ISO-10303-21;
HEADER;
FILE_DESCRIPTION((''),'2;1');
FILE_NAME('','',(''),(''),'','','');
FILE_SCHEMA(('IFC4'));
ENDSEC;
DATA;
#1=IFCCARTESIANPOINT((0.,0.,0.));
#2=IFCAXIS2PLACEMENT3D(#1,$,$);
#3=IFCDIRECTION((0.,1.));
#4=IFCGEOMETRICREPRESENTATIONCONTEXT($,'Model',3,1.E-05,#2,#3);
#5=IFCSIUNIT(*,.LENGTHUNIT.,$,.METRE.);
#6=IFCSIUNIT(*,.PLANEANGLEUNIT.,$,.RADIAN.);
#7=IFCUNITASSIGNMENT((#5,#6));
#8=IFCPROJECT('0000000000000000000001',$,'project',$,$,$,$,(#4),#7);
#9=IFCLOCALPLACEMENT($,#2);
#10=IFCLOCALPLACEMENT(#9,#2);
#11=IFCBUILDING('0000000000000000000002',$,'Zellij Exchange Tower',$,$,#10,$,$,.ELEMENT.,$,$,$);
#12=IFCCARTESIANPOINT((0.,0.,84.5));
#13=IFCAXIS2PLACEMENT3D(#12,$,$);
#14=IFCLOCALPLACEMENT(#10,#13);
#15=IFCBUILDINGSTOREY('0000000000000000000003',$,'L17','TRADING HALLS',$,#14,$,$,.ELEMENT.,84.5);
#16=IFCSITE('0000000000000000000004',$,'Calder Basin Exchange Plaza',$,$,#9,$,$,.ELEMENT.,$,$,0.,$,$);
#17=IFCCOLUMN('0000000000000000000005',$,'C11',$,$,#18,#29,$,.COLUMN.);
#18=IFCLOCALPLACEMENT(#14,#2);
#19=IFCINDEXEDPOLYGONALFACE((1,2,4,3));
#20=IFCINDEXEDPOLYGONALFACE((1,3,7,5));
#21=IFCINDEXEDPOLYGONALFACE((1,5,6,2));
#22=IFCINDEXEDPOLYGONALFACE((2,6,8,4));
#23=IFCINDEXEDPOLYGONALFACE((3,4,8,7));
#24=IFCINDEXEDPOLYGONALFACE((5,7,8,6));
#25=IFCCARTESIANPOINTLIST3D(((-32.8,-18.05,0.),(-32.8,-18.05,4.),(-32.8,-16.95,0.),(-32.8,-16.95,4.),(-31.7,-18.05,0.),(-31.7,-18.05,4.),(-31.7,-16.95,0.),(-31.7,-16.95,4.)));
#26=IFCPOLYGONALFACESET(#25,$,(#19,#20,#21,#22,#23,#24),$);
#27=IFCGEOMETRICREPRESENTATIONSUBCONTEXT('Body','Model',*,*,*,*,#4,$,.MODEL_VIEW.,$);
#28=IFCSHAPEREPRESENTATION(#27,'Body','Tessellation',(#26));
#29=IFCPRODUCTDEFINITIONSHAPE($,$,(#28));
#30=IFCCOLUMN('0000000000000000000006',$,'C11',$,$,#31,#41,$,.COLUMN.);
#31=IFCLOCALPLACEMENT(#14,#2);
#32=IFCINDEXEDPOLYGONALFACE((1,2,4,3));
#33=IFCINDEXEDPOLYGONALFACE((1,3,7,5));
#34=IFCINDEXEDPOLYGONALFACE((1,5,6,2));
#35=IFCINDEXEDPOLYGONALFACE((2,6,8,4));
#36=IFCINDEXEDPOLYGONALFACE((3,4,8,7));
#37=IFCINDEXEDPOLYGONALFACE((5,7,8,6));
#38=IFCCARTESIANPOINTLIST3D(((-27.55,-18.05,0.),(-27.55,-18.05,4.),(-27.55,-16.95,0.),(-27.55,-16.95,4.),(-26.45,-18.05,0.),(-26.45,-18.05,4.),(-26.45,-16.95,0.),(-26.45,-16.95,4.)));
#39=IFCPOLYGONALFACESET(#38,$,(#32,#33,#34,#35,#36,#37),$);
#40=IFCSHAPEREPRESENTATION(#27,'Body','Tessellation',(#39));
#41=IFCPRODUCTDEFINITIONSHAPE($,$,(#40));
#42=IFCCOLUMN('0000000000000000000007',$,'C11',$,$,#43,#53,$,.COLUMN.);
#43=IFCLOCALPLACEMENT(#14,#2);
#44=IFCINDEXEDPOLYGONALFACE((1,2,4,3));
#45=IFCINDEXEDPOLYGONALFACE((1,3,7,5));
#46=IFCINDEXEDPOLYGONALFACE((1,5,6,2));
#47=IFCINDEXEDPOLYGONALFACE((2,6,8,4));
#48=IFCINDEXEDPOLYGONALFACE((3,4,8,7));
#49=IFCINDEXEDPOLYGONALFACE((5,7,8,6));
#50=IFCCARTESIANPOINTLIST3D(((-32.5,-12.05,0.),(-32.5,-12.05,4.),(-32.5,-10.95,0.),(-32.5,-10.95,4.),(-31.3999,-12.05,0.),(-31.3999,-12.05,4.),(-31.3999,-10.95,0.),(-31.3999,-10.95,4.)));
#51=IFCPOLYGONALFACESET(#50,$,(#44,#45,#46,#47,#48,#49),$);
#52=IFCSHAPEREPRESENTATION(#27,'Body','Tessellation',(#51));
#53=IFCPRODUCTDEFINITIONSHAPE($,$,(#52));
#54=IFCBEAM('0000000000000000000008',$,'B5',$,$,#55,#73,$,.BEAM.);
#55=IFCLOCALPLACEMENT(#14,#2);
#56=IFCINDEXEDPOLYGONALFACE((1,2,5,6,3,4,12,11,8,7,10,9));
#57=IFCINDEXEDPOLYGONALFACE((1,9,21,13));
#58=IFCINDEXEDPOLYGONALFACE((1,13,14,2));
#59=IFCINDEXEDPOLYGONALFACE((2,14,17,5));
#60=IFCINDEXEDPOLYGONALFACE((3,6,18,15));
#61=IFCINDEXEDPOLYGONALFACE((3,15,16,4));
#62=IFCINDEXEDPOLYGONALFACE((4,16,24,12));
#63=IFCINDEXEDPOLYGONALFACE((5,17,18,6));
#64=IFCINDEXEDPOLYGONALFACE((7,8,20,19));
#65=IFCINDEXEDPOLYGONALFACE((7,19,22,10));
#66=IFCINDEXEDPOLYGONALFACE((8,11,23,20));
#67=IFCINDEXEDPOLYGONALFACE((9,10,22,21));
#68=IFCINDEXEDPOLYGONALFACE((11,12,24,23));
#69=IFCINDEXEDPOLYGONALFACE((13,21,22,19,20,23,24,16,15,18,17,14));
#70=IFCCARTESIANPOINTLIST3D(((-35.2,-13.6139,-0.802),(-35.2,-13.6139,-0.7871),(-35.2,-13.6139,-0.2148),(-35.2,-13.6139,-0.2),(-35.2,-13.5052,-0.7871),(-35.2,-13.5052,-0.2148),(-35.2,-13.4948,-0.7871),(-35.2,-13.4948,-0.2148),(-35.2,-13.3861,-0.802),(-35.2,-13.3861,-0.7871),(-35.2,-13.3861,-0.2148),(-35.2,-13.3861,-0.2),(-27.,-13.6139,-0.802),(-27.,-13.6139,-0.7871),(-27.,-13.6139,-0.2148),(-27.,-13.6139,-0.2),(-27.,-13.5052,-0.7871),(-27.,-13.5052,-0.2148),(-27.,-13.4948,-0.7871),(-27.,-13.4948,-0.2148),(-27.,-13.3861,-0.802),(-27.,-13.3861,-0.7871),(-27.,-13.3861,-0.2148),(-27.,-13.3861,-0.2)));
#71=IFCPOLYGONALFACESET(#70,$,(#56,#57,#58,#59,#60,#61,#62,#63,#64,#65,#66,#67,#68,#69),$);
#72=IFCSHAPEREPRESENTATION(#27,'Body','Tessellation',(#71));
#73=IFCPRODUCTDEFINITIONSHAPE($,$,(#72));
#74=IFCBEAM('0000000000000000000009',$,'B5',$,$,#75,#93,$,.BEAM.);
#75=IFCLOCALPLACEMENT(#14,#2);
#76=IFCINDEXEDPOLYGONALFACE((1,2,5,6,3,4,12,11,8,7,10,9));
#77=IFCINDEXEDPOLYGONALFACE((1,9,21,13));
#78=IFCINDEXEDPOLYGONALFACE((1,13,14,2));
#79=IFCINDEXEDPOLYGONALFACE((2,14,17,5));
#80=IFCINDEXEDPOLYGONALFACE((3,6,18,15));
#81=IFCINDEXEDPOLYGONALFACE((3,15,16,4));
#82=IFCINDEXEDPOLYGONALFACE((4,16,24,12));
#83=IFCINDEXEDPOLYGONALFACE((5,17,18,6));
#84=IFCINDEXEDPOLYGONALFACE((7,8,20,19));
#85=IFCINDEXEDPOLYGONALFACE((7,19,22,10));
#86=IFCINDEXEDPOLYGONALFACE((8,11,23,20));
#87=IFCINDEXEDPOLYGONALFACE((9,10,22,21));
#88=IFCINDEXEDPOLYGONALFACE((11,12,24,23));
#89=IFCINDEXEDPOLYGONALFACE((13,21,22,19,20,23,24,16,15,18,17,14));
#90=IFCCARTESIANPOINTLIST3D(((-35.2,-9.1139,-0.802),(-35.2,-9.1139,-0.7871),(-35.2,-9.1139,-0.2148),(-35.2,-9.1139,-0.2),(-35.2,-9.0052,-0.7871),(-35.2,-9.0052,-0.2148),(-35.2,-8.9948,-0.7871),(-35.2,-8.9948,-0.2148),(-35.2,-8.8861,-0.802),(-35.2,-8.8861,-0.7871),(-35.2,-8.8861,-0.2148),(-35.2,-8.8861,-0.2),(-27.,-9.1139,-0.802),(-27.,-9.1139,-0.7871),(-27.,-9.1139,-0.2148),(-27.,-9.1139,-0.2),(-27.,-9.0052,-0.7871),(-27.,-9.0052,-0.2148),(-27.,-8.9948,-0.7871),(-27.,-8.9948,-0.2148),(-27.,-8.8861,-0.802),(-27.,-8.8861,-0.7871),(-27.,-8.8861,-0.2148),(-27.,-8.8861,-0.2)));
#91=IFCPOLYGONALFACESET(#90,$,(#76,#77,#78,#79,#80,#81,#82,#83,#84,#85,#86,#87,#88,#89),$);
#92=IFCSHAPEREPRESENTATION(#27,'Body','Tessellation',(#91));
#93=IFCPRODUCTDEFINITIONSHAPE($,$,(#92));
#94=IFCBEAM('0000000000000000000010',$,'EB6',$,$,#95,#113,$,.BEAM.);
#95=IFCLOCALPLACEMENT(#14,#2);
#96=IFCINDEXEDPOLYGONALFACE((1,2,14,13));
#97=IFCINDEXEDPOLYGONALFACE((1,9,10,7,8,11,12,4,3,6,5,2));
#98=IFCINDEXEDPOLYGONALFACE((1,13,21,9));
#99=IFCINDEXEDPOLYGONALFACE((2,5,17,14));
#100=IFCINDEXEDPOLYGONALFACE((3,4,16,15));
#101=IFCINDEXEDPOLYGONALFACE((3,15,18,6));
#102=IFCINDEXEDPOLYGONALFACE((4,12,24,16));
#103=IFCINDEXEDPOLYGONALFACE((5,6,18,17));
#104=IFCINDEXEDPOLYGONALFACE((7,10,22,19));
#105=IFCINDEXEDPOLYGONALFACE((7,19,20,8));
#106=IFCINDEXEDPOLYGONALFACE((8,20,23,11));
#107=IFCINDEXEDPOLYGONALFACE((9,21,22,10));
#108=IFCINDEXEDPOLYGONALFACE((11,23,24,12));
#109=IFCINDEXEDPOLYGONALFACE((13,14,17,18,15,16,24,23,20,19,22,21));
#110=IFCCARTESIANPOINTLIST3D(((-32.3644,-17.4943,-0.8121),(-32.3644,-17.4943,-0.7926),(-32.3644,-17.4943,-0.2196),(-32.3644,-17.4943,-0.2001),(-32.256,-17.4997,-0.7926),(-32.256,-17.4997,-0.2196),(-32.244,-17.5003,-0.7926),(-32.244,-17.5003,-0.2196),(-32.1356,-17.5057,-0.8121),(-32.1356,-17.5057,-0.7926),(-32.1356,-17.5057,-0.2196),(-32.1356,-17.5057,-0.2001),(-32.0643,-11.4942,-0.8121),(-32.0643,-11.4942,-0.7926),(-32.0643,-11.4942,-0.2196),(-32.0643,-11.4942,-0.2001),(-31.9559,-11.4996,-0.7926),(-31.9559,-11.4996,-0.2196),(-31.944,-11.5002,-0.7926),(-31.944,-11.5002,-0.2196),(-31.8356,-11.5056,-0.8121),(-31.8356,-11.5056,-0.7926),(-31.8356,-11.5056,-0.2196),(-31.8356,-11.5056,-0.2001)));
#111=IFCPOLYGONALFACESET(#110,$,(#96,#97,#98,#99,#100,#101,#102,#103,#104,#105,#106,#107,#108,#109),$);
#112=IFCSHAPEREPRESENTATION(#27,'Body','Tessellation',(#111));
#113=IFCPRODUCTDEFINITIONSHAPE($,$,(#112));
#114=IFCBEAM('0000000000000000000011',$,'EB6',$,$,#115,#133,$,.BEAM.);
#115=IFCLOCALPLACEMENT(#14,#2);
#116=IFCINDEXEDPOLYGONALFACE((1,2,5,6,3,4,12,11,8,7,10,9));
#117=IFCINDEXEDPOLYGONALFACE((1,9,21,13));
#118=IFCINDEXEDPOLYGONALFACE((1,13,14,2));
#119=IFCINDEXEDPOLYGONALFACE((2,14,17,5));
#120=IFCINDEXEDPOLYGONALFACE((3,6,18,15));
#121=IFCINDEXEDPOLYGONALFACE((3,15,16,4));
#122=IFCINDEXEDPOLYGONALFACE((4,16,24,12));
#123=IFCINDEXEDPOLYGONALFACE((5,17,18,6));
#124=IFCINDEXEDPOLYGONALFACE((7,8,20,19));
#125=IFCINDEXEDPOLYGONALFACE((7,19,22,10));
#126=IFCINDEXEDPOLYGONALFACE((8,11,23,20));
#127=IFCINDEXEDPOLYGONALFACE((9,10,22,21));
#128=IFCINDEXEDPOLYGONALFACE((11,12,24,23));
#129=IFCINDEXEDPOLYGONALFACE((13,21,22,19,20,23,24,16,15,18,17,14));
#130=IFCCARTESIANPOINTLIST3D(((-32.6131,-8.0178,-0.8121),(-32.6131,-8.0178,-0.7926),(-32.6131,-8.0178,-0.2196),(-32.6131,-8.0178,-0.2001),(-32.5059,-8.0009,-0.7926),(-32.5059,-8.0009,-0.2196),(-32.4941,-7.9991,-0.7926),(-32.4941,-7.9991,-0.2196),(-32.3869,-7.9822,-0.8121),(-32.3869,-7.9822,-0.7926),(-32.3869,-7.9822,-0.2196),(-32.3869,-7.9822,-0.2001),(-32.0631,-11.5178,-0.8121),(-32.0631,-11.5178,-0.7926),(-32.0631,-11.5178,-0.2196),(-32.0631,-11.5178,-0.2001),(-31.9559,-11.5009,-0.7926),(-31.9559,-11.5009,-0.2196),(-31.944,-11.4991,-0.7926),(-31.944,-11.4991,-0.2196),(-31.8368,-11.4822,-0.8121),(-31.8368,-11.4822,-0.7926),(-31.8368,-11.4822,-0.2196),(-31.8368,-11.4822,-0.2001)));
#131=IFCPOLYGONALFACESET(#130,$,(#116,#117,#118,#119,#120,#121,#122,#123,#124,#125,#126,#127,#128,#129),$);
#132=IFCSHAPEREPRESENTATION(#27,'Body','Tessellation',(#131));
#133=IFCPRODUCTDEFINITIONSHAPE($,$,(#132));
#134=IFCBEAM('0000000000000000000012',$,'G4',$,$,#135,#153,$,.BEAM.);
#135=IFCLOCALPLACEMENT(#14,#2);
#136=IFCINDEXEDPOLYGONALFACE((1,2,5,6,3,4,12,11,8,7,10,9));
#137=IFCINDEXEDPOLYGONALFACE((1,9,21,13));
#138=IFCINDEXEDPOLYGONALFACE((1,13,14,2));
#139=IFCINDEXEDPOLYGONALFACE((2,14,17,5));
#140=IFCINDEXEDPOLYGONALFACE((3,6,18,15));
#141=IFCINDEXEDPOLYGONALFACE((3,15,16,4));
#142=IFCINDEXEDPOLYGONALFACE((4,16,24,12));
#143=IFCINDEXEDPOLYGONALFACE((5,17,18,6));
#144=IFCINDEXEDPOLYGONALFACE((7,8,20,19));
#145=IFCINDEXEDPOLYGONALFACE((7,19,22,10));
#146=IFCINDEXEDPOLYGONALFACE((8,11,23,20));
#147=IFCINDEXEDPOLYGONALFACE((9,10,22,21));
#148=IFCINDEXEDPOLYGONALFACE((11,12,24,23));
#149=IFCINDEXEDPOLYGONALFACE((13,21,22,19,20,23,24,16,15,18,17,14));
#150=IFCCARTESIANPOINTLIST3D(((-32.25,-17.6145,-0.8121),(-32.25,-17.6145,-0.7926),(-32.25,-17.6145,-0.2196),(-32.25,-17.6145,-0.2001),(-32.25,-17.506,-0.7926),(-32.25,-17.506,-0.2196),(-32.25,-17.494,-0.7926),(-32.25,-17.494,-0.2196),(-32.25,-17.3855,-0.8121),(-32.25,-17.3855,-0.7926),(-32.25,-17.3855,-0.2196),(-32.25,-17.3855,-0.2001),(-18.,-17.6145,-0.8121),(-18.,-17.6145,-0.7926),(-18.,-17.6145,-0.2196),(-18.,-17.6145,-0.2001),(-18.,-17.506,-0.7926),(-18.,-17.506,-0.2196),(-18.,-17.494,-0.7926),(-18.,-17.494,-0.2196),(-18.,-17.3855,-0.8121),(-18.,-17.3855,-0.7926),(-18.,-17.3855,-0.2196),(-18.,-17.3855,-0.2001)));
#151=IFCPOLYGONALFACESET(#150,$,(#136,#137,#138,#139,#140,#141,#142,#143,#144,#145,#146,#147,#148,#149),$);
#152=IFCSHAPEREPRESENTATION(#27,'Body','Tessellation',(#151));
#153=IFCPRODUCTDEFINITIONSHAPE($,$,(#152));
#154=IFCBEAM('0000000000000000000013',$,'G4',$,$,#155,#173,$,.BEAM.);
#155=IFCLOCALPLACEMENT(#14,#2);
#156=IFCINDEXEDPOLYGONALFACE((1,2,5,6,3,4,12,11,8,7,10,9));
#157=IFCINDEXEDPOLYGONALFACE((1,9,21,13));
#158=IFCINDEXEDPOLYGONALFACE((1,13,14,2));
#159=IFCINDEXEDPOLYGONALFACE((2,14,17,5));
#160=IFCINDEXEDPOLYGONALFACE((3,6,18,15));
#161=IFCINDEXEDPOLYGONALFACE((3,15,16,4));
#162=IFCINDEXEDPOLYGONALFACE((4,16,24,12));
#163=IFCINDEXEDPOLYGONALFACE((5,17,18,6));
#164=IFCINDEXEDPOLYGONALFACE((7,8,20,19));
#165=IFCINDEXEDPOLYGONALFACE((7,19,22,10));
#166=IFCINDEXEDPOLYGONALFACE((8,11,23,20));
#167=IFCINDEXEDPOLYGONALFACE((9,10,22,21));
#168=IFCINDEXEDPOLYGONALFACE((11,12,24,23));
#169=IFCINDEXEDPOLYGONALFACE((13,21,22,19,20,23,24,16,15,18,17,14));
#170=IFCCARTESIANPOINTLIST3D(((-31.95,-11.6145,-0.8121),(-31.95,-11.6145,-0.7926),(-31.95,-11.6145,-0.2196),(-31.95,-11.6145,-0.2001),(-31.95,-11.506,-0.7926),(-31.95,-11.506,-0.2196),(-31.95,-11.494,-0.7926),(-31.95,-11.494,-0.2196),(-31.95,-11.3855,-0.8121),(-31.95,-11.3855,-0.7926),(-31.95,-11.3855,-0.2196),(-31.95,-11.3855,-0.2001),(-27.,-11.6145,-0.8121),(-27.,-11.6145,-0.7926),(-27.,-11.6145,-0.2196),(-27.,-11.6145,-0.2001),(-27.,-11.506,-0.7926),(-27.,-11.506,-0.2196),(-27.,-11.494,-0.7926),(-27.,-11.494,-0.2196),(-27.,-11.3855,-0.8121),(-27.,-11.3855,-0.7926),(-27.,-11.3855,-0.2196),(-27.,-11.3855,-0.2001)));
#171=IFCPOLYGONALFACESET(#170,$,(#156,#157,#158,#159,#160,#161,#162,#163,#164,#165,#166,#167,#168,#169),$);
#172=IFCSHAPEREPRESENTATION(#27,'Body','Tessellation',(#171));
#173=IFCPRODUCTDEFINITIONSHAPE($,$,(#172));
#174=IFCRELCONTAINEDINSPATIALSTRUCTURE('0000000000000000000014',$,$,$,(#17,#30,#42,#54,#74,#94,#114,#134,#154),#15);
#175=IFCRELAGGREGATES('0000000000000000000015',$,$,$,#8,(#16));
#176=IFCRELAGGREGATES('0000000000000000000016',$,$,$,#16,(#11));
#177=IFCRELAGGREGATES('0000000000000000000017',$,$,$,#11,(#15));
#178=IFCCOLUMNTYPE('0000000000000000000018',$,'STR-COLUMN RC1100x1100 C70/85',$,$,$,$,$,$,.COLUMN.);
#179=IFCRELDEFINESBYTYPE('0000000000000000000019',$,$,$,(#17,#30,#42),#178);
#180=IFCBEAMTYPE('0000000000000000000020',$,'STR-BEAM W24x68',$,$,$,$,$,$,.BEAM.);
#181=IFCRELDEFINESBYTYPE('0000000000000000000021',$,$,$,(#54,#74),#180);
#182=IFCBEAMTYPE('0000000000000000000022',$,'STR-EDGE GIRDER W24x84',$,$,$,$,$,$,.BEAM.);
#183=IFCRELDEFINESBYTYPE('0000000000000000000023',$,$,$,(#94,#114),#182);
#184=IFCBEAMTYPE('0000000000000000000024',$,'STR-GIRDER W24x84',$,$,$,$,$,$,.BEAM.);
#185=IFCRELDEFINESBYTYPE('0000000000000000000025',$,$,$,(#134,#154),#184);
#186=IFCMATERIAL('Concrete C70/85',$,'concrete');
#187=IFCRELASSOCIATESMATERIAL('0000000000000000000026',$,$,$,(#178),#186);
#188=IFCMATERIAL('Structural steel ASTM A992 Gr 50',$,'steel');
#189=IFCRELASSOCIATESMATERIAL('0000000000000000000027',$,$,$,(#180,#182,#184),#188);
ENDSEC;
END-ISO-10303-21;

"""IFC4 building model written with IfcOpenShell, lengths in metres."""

from ifc_helpers import new_model, si_unit, direction, frame, origin, origin_2d, place, context, subcontext, project, spatial, rectangle, i_section, extrude, material, material_profile, profile_set, type_object, element, save


model = new_model("IFC4")

# Units and contexts
model_context = context("Model", 3, precision=1e-05, world=origin(), true_north=direction((0.0, 1.0)))
body_context = subcontext(model_context, "Body", "Model", "MODEL_VIEW")
ifc_project = project(units=[si_unit("LENGTHUNIT", "METRE"), si_unit("PLANEANGLEUNIT", "RADIAN")], contexts=[model_context])

# Site, building, storey
site_placement = place(None, origin())
site = spatial("IfcSite", under=ifc_project, at=site_placement, Name="Calder Basin Exchange Plaza", CompositionType="ELEMENT", RefElevation=0.0)
building_placement = place(site_placement, origin())
building = spatial("IfcBuilding", under=site, at=building_placement, Name="Zellij Exchange Tower", CompositionType="ELEMENT")
storey_placement = place(building_placement, frame((0.0, 0.0, 84.5)))
storey = spatial("IfcBuildingStorey", under=building, at=storey_placement, Name="L17", Description="TRADING HALLS", CompositionType="ELEMENT", Elevation=84.5)

# Columns
ifc_material_1 = material(Name="Concrete C70/85", Category="concrete")
ifc_material_profile_1 = material_profile(ifc_material_1, rectangle(XDim=1.1001, YDim=1.1001, at=origin_2d()), Name="STR-COLUMN RC1100x1100 C70/85")
ifc_profile_set_1 = profile_set([ifc_material_profile_1], Name="Concrete C70/85")
column_type = type_object("IfcColumnType", Name="STR-COLUMN RC1100x1100 C70/85", PredefinedType="COLUMN", material=ifc_profile_set_1)
for number, where, z_axis, x_axis, name in (
    (1, (-32.25, -17.5, 0.0), (0.0, 0.0, 1.0), (1.0, 0.0, 0.0), "C11"),
    (2, (-27.0, -17.5, 0.0), (0.0, 0.0, 1.0), (1.0, 0.0, 0.0), "C11"),
    (3, (-31.95, -11.5, 0.0), (0.0, 0.0, 1.0), (1.0, 0.0, 0.0), "C11"),
):
    element("IfcColumn", number, at=place(storey_placement, frame(where, z_axis=z_axis, x_axis=x_axis)), inside=storey, type_object=column_type, Name=name, PredefinedType="COLUMN", context=body_context, shape_type="SweptSolid", body=[
        extrude(rectangle(XDim=1.1001, YDim=1.1001, at=origin_2d()), origin(), (0.0, 0.0, 1.0), 4.0),
    ])

# Beams
ifc_material_2 = material(Name="Structural steel ASTM A992 Gr 50", Category="steel")
ifc_material_profile_2 = material_profile(ifc_material_2, i_section(OverallWidth=0.2278, OverallDepth=0.6021, WebThickness=0.0105, FlangeThickness=0.0149, at=origin_2d()), Name="W24x68")
ifc_profile_set_2 = profile_set([ifc_material_profile_2], Name="Structural steel ASTM A992 Gr 50")
beam_type_1 = type_object("IfcBeamType", Name="STR-BEAM W24x68", PredefinedType="BEAM", material=ifc_profile_set_2)
for number, where, z_axis, x_axis, name in (
    (4, (-35.2, -13.5, -0.501), (1.0, 0.0, 0.0), (0.0, 1.0, 0.0), "B5"),
    (5, (-35.2, -9.0, -0.501), (1.0, 0.0, 0.0), (0.0, 1.0, 0.0), "B5"),
):
    element("IfcBeam", number, at=place(storey_placement, frame(where, z_axis=z_axis, x_axis=x_axis)), inside=storey, type_object=beam_type_1, Name=name, PredefinedType="BEAM", context=body_context, shape_type="SweptSolid", body=[
        extrude(i_section(OverallWidth=0.2278, OverallDepth=0.6021, WebThickness=0.0105, FlangeThickness=0.0149, at=origin_2d()), origin(), (0.0, 0.0, 1.0), 8.2),
    ])
ifc_material_profile_3 = material_profile(ifc_material_2, i_section(OverallWidth=0.229, OverallDepth=0.6121, WebThickness=0.012, FlangeThickness=0.0195, at=origin_2d()), Name="W24x84")
ifc_profile_set_3 = profile_set([ifc_material_profile_3], Name="Structural steel ASTM A992 Gr 50")
beam_type_2 = type_object("IfcBeamType", Name="STR-EDGE GIRDER W24x84", PredefinedType="BEAM", material=ifc_profile_set_3)
beam_1_placement = place(storey_placement, frame((-32.25, -17.5, -0.5061), z_axis=(0.049946, 0.998752, 0.0), x_axis=(-0.998752, 0.049946, 0.0)))
element("IfcBeam", 6, at=beam_1_placement, inside=storey, type_object=beam_type_2, Name="EB6", PredefinedType="BEAM", context=body_context, shape_type="SweptSolid", body=[
    extrude(i_section(OverallWidth=0.229, OverallDepth=0.6121, WebThickness=0.012, FlangeThickness=0.0195, at=origin_2d()), origin(), (0.0, 0.0, 1.0), 6.0076),
])
beam_2_placement = place(storey_placement, frame((-31.95, -11.5, -0.5061), z_axis=(-0.155251, 0.987875, 0.0), x_axis=(-0.987875, -0.155251, 0.0)))
element("IfcBeam", 7, at=beam_2_placement, inside=storey, type_object=beam_type_2, Name="EB6", PredefinedType="BEAM", context=body_context, shape_type="SweptSolid", body=[
    extrude(i_section(OverallWidth=0.229, OverallDepth=0.6121, WebThickness=0.012, FlangeThickness=0.0195, at=origin_2d()), origin(), (0.0, 0.0, 1.0), 3.543),
])
ifc_material_profile_4 = material_profile(ifc_material_2, i_section(OverallWidth=0.229, OverallDepth=0.6121, WebThickness=0.012, FlangeThickness=0.0195, at=origin_2d()), Name="W24x84")
ifc_profile_set_4 = profile_set([ifc_material_profile_4], Name="Structural steel ASTM A992 Gr 50")
beam_type_3 = type_object("IfcBeamType", Name="STR-GIRDER W24x84", PredefinedType="BEAM", material=ifc_profile_set_4)
beam_3_placement = place(storey_placement, frame((-32.25, -17.5, -0.5061), z_axis=(1.0, 0.0, 0.0), x_axis=(0.0, 1.0, 0.0)))
element("IfcBeam", 8, at=beam_3_placement, inside=storey, type_object=beam_type_3, Name="G4", PredefinedType="BEAM", context=body_context, shape_type="SweptSolid", body=[
    extrude(i_section(OverallWidth=0.229, OverallDepth=0.6121, WebThickness=0.012, FlangeThickness=0.0195, at=origin_2d()), origin(), (0.0, 0.0, 1.0), 14.25),
])
beam_4_placement = place(storey_placement, frame((-31.95, -11.5, -0.5061), z_axis=(1.0, 0.0, 0.0), x_axis=(0.0, 1.0, 0.0)))
element("IfcBeam", 9, at=beam_4_placement, inside=storey, type_object=beam_type_3, Name="G4", PredefinedType="BEAM", context=body_context, shape_type="SweptSolid", body=[
    extrude(i_section(OverallWidth=0.229, OverallDepth=0.6121, WebThickness=0.012, FlangeThickness=0.0195, at=origin_2d()), origin(), (0.0, 0.0, 1.0), 4.95),
])

save(model, "model.ifc")
